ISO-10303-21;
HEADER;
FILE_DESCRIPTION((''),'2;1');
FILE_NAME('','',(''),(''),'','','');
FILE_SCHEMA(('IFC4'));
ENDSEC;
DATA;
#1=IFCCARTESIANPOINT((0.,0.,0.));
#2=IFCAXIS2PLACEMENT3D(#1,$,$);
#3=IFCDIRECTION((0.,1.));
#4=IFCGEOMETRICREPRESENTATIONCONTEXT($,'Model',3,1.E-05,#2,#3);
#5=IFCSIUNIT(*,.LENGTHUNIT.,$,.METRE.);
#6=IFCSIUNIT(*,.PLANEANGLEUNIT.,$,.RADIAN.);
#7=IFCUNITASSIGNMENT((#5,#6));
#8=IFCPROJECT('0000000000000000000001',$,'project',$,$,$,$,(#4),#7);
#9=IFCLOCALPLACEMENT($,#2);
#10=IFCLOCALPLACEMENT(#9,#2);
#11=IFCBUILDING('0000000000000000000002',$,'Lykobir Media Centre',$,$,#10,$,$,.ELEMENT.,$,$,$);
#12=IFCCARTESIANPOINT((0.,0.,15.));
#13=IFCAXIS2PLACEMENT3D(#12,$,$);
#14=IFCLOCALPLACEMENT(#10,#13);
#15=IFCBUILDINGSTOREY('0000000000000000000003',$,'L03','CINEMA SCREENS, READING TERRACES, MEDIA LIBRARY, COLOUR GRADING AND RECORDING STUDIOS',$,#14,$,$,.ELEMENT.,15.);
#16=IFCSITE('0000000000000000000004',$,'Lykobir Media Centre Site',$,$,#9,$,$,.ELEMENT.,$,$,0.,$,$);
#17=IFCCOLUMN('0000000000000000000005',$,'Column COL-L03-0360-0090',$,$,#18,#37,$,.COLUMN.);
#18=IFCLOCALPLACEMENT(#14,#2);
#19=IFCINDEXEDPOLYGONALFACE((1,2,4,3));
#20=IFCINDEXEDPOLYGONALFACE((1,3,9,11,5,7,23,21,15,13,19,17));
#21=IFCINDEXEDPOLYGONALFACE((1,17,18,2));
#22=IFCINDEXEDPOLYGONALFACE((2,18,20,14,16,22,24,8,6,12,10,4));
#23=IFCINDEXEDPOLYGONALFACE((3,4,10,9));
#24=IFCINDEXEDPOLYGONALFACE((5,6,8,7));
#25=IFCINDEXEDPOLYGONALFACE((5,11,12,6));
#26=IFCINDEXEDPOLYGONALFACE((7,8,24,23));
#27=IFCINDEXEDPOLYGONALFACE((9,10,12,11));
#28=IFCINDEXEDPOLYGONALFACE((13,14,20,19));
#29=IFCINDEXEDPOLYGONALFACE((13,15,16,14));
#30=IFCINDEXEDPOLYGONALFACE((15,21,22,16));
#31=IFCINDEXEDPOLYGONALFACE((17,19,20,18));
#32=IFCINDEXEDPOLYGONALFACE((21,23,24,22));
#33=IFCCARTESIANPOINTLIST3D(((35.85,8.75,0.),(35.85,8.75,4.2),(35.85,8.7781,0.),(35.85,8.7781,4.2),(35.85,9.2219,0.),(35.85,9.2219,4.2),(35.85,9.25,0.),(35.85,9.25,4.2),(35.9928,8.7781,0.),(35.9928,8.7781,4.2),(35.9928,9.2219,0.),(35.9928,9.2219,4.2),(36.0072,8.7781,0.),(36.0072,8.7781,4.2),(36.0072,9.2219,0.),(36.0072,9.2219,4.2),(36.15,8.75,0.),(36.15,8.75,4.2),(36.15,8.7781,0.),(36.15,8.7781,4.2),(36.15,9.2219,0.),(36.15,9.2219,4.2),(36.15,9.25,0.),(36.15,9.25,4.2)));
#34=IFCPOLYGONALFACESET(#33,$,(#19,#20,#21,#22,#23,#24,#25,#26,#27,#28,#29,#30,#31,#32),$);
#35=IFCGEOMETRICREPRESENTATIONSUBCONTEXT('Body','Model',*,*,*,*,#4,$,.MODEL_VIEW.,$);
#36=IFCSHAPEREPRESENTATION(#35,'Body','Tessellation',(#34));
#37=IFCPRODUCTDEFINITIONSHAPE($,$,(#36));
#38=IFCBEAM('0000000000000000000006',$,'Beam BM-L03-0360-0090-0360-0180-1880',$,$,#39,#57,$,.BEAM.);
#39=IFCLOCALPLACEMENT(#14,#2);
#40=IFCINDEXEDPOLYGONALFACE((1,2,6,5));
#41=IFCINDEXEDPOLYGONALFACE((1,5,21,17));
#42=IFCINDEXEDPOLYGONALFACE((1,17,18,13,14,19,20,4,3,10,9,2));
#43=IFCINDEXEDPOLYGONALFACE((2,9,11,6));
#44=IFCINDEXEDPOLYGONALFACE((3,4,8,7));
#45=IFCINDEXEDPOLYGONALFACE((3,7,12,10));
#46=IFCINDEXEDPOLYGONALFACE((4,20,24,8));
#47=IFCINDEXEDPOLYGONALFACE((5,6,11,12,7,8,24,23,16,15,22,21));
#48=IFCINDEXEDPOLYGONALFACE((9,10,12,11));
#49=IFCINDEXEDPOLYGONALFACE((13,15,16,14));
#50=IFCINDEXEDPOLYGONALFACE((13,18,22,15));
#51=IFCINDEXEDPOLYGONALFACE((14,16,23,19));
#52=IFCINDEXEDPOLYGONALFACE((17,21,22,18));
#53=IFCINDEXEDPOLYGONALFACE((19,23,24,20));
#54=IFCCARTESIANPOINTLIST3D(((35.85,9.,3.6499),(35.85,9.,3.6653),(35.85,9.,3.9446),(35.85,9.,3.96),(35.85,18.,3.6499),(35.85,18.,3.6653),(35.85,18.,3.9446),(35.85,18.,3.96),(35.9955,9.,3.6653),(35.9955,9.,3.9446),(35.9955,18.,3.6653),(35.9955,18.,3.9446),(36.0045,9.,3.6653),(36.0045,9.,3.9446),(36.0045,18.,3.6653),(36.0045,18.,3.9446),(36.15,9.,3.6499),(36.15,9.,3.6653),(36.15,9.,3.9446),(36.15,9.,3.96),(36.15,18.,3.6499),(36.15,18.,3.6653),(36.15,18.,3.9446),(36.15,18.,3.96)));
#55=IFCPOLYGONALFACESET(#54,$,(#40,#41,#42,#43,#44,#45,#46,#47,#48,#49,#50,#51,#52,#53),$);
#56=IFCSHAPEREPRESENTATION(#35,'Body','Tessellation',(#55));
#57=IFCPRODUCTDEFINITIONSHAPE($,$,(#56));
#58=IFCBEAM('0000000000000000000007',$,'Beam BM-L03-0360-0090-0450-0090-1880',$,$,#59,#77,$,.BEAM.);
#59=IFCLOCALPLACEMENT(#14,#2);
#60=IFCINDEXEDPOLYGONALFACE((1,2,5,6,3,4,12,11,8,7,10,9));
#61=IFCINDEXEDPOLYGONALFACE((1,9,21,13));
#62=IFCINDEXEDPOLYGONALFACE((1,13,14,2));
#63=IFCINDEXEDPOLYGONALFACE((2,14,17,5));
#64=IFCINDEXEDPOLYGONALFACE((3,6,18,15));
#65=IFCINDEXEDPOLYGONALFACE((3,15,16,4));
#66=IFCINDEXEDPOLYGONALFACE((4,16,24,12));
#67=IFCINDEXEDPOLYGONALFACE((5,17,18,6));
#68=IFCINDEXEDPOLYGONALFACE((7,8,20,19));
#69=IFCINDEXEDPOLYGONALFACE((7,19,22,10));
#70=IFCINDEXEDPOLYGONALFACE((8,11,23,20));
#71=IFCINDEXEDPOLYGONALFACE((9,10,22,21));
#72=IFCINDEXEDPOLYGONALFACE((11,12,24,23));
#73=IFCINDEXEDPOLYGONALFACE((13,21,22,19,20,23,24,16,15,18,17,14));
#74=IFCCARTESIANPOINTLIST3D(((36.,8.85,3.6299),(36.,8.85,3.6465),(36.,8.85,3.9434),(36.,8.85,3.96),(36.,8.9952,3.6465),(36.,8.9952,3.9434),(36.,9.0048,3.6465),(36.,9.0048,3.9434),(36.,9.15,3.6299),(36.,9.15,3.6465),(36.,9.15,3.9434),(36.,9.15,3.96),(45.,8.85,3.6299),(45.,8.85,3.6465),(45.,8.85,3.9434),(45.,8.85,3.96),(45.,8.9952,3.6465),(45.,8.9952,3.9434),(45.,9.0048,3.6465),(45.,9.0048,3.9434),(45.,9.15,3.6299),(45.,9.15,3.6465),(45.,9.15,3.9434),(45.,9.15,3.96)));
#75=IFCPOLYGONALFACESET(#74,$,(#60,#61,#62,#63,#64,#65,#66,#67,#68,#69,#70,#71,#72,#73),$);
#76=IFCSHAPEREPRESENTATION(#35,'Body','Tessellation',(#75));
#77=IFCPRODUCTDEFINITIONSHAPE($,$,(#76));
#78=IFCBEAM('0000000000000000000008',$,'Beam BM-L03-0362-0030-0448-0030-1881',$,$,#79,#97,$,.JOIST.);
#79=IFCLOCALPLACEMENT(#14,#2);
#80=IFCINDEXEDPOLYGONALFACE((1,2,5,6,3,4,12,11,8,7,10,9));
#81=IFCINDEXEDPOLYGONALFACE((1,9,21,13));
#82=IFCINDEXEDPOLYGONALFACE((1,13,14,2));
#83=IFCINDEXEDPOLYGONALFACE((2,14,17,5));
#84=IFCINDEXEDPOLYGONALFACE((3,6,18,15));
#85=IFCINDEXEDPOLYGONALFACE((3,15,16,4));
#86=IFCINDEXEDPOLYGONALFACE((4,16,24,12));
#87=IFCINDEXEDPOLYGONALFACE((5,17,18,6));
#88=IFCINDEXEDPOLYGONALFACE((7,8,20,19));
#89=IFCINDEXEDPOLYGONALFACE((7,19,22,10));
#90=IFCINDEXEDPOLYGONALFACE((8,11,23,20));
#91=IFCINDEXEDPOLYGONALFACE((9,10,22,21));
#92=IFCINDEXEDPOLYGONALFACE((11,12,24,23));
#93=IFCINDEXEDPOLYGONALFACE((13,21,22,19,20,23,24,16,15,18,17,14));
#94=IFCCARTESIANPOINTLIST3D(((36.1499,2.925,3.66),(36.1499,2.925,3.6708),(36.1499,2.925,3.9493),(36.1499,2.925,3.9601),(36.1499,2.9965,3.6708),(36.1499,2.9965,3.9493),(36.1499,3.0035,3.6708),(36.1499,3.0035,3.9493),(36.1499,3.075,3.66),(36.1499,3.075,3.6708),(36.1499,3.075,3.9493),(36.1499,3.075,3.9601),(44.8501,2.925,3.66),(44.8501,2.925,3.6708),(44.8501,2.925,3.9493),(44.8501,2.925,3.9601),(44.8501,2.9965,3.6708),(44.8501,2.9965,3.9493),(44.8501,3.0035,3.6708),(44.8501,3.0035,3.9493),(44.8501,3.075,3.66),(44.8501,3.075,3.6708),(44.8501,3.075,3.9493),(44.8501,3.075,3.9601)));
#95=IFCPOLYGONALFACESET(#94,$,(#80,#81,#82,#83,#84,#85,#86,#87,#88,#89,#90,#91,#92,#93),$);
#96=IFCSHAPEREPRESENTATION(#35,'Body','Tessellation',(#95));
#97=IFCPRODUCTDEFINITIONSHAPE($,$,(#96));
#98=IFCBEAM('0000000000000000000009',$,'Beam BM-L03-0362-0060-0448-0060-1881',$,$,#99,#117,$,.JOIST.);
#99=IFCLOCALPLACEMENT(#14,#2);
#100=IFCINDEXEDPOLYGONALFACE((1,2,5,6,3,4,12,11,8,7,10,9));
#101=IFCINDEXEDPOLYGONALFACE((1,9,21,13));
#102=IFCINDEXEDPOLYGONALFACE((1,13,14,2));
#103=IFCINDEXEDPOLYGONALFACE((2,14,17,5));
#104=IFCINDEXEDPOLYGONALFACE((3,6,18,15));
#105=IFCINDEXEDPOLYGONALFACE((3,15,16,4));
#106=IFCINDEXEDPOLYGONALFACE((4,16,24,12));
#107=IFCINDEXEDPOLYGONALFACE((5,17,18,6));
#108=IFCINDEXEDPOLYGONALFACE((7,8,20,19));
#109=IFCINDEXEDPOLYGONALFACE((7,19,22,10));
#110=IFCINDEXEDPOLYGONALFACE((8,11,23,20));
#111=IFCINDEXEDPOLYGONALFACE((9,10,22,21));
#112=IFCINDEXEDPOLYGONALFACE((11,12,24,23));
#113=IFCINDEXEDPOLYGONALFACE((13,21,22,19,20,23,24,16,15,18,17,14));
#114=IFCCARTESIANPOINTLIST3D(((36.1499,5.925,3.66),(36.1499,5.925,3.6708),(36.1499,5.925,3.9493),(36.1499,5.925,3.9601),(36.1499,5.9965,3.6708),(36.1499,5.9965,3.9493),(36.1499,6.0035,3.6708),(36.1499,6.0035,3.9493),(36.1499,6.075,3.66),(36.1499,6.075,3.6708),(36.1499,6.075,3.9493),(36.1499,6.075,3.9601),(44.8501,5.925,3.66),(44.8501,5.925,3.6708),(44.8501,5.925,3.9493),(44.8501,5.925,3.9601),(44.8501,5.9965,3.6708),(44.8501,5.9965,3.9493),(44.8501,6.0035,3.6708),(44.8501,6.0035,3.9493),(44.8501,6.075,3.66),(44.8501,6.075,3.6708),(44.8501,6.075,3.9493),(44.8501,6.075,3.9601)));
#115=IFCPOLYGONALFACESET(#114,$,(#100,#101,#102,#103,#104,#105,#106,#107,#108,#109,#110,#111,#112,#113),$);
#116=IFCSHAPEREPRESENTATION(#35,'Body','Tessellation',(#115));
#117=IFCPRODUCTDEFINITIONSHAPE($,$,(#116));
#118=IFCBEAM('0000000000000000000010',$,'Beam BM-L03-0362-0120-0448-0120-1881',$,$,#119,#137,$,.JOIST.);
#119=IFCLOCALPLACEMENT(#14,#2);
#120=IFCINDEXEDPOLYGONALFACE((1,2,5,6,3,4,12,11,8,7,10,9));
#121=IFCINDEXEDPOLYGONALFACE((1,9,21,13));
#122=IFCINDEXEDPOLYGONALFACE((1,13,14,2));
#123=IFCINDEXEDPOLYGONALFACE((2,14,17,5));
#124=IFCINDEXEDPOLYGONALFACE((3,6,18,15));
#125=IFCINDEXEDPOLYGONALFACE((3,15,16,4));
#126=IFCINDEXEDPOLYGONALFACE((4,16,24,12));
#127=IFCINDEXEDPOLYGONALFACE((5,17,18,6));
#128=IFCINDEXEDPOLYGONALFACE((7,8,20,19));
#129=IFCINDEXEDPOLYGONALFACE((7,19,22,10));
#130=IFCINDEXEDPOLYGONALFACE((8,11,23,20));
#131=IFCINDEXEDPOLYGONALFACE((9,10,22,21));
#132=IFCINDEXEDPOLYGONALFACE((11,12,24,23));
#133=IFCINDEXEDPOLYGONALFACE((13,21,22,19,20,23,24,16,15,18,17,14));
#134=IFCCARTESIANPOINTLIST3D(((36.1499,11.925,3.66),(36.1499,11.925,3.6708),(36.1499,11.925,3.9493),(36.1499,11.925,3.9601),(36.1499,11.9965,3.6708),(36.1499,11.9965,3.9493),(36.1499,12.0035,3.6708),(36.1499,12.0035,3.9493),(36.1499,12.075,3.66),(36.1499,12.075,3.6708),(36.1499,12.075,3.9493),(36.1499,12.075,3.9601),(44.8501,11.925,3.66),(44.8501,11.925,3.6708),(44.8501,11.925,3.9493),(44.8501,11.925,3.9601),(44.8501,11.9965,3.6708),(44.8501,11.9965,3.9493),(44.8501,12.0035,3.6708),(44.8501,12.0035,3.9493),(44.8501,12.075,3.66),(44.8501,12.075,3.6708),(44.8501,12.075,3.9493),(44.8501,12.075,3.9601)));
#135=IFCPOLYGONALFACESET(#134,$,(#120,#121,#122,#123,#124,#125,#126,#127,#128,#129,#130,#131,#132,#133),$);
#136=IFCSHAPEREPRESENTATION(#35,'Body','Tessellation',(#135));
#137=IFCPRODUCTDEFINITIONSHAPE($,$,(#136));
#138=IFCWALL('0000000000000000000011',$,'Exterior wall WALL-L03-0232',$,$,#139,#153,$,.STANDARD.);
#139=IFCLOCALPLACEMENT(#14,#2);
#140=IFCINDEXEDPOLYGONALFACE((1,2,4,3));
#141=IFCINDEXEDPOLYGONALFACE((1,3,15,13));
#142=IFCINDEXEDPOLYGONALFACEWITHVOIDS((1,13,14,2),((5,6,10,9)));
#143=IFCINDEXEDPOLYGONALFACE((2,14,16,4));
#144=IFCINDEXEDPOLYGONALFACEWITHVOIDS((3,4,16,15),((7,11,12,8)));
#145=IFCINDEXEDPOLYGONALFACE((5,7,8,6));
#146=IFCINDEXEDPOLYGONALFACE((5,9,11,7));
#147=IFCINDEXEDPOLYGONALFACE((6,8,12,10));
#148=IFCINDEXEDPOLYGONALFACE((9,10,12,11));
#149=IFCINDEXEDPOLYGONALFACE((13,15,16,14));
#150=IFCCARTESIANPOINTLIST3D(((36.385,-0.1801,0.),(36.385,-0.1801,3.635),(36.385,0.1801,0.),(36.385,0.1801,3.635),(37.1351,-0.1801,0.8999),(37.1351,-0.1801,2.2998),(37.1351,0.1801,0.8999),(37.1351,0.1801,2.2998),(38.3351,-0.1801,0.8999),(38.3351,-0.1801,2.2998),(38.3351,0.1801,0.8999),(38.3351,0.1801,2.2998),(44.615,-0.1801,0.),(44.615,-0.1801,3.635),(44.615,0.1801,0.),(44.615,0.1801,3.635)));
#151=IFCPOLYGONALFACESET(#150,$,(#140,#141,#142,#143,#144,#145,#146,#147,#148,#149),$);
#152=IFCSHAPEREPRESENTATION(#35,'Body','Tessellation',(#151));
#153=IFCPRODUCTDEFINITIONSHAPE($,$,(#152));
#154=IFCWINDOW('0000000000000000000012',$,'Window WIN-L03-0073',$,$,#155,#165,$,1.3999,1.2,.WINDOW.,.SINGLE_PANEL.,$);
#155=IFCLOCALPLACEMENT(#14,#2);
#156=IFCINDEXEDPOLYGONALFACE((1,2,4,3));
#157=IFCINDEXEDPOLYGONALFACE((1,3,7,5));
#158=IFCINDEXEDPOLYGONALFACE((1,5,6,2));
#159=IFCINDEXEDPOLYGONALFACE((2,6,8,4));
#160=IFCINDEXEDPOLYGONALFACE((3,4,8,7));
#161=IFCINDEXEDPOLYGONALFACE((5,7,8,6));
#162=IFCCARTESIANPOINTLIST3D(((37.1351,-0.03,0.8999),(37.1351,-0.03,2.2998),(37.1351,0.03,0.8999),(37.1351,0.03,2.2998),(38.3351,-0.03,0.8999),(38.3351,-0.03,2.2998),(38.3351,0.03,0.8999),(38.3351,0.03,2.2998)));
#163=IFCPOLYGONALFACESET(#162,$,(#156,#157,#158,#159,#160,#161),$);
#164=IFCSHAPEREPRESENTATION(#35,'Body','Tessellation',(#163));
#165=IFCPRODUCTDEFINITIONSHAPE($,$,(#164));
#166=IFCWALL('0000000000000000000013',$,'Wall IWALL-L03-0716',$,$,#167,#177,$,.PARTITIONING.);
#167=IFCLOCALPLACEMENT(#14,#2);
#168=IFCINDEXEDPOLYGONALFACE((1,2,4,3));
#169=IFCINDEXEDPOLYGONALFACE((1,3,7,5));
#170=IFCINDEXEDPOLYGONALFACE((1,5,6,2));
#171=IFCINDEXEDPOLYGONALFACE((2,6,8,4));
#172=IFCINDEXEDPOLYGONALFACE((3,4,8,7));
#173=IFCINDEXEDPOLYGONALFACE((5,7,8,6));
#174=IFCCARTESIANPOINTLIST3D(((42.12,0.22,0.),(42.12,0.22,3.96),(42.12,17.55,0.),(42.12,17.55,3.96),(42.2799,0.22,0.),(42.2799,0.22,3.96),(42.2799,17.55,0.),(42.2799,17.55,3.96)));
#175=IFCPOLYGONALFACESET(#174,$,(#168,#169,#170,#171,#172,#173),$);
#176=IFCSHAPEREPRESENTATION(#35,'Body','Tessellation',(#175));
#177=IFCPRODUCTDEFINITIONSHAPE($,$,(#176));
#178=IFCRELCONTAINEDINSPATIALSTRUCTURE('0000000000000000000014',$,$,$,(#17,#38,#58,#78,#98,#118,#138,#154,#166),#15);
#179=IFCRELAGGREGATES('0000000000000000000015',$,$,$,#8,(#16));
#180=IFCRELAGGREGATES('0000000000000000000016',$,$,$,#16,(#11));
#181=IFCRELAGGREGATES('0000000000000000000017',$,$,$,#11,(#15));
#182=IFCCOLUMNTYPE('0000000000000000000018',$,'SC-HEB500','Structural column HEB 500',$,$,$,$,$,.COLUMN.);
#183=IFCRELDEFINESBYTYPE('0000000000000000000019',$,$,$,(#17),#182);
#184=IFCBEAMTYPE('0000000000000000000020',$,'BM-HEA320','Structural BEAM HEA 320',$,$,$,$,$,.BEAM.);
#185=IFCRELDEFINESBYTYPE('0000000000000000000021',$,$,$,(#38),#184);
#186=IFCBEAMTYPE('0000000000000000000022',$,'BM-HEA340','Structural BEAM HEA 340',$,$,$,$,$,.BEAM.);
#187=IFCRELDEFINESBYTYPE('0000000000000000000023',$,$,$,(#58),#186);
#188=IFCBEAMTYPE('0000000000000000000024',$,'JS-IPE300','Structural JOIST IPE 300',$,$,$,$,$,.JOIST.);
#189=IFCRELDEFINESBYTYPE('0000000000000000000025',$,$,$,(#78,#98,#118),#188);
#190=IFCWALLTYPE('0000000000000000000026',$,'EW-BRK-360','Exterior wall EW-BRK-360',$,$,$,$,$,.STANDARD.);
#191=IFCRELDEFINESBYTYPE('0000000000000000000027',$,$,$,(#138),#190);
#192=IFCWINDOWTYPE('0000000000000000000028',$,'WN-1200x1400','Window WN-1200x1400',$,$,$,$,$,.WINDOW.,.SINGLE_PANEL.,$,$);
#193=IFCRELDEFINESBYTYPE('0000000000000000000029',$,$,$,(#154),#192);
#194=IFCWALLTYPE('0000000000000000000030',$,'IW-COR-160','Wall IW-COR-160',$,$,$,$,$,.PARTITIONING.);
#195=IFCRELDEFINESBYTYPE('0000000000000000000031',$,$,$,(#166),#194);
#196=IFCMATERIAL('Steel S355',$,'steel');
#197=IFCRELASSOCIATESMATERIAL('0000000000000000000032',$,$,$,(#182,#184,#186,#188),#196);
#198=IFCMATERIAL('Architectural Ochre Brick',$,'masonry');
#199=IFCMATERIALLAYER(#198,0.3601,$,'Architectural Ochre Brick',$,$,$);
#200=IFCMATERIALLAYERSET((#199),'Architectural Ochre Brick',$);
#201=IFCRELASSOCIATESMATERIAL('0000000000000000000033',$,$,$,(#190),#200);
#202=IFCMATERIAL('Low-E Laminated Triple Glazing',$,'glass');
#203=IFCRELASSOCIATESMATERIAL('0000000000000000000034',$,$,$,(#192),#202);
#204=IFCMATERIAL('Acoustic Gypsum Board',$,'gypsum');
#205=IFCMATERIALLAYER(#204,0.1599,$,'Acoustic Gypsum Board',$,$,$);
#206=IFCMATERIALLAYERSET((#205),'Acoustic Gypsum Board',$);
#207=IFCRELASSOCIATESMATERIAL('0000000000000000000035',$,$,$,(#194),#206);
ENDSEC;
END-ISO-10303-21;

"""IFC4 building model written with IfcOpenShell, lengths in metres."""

from ifc_helpers import new_model, si_unit, direction, frame, frame_2d, origin, origin_2d, place, context, subcontext, project, spatial, rectangle, i_section, extrude, material, layer, layer_set, material_profile, profile_set, type_object, element, fill, save


model = new_model("IFC4")

# Units and contexts
model_context = context("Model", 3, precision=1e-05, world=origin(), true_north=direction((0.0, 1.0)))
body_context = subcontext(model_context, "Body", "Model", "MODEL_VIEW")
ifc_project = project(units=[si_unit("LENGTHUNIT", "METRE"), si_unit("PLANEANGLEUNIT", "RADIAN")], contexts=[model_context])

# Site, building, storey
site_placement = place(None, origin())
site = spatial("IfcSite", under=ifc_project, at=site_placement, Name="Lykobir Media Centre Site", CompositionType="ELEMENT", RefElevation=0.0)
building_placement = place(site_placement, origin())
building = spatial("IfcBuilding", under=site, at=building_placement, Name="Lykobir Media Centre", CompositionType="ELEMENT")
storey_placement = place(building_placement, frame((0.0, 0.0, 15.0)))
storey = spatial("IfcBuildingStorey", under=building, at=storey_placement, Name="L03", Description="CINEMA SCREENS, READING TERRACES, MEDIA LIBRARY, COLOUR GRADING AND RECORDING STUDIOS", CompositionType="ELEMENT", Elevation=15.0)

# Column
ifc_material_1 = material(Name="Steel S355", Category="steel")
ifc_material_profile_1 = material_profile(ifc_material_1, i_section(OverallWidth=0.3, OverallDepth=0.5, WebThickness=0.0144, FlangeThickness=0.0281, at=origin_2d()), Name="HEB 500")
ifc_profile_set_1 = profile_set([ifc_material_profile_1], Name="Steel S355")
column_type = type_object("IfcColumnType", Name="SC-HEB500", Description="Structural column HEB 500", PredefinedType="COLUMN", material=ifc_profile_set_1)
column_placement = place(storey_placement, frame((36.0, 9.0, 0.0), z_axis=(0.0, 0.0, 1.0), x_axis=(1.0, 0.0, 0.0)))
element("IfcColumn", 1, at=column_placement, inside=storey, type_object=column_type, Name="Column COL-L03-0360-0090", PredefinedType="COLUMN", context=body_context, shape_type="SweptSolid", body=[
    extrude(i_section(OverallWidth=0.3, OverallDepth=0.5, WebThickness=0.0144, FlangeThickness=0.0281, at=origin_2d()), origin(), (0.0, 0.0, 1.0), 4.2),
])

# Beams
ifc_material_profile_2 = material_profile(ifc_material_1, i_section(OverallWidth=0.3, OverallDepth=0.3101, WebThickness=0.009, FlangeThickness=0.0154, at=origin_2d()), Name="HEA 320")
ifc_profile_set_2 = profile_set([ifc_material_profile_2], Name="Steel S355")
beam_type_1 = type_object("IfcBeamType", Name="BM-HEA320", Description="Structural BEAM HEA 320", PredefinedType="BEAM", material=ifc_profile_set_2)
beam_1_placement = place(storey_placement, frame((36.0, 9.0, 3.8049), z_axis=(0.0, 1.0, 0.0), x_axis=(-1.0, 0.0, 0.0)))
element("IfcBeam", 2, at=beam_1_placement, inside=storey, type_object=beam_type_1, Name="Beam BM-L03-0360-0090-0360-0180-1880", PredefinedType="BEAM", context=body_context, shape_type="SweptSolid", body=[
    extrude(i_section(OverallWidth=0.3, OverallDepth=0.3101, WebThickness=0.009, FlangeThickness=0.0154, at=origin_2d()), origin(), (0.0, 0.0, 1.0), 9.0),
])
ifc_material_profile_3 = material_profile(ifc_material_1, i_section(OverallWidth=0.3, OverallDepth=0.3301, WebThickness=0.0095, FlangeThickness=0.0166, at=origin_2d()), Name="HEA 340")
ifc_profile_set_3 = profile_set([ifc_material_profile_3], Name="Steel S355")
beam_type_2 = type_object("IfcBeamType", Name="BM-HEA340", Description="Structural BEAM HEA 340", PredefinedType="BEAM", material=ifc_profile_set_3)
beam_2_placement = place(storey_placement, frame((36.0, 9.0, 3.7949), z_axis=(1.0, 0.0, 0.0), x_axis=(0.0, 1.0, 0.0)))
element("IfcBeam", 3, at=beam_2_placement, inside=storey, type_object=beam_type_2, Name="Beam BM-L03-0360-0090-0450-0090-1880", PredefinedType="BEAM", context=body_context, shape_type="SweptSolid", body=[
    extrude(i_section(OverallWidth=0.3, OverallDepth=0.3301, WebThickness=0.0095, FlangeThickness=0.0166, at=origin_2d()), origin(), (0.0, 0.0, 1.0), 9.0),
])
ifc_material_profile_4 = material_profile(ifc_material_1, i_section(OverallWidth=0.1499, OverallDepth=0.3, WebThickness=0.0071, FlangeThickness=0.0107, at=origin_2d()), Name="IPE 300")
ifc_profile_set_4 = profile_set([ifc_material_profile_4], Name="Steel S355")
beam_type_3 = type_object("IfcBeamType", Name="JS-IPE300", Description="Structural JOIST IPE 300", PredefinedType="JOIST", material=ifc_profile_set_4)
for number, where, z_axis, x_axis, name in (
    (4, (36.1499, 3.0, 3.8101), (1.0, 0.0, 0.0), (0.0, 1.0, 0.0), "Beam BM-L03-0362-0030-0448-0030-1881"),
    (5, (36.1499, 6.0, 3.8101), (1.0, 0.0, 0.0), (0.0, 1.0, 0.0), "Beam BM-L03-0362-0060-0448-0060-1881"),
    (6, (36.1499, 12.0, 3.8101), (1.0, 0.0, 0.0), (0.0, 1.0, 0.0), "Beam BM-L03-0362-0120-0448-0120-1881"),
):
    element("IfcBeam", number, at=place(storey_placement, frame(where, z_axis=z_axis, x_axis=x_axis)), inside=storey, type_object=beam_type_3, Name=name, PredefinedType="JOIST", context=body_context, shape_type="SweptSolid", body=[
        extrude(i_section(OverallWidth=0.1499, OverallDepth=0.3, WebThickness=0.0071, FlangeThickness=0.0107, at=origin_2d()), origin(), (0.0, 0.0, 1.0), 8.7002),
    ])

# Wall, opening, window
ifc_material_2 = material(Name="Architectural Ochre Brick", Category="masonry")
ifc_layer_1 = layer(ifc_material_2, 0.3601, Name="Architectural Ochre Brick")
ifc_layer_set_1 = layer_set([ifc_layer_1], Name="Architectural Ochre Brick")
wall_type_1 = type_object("IfcWallType", Name="EW-BRK-360", Description="Exterior wall EW-BRK-360", PredefinedType="STANDARD", material=ifc_layer_set_1)
wall_1_placement = place(storey_placement, frame((36.385, 0.0, 0.0), z_axis=(0.0, 0.0, 1.0), x_axis=(1.0, 0.0, 0.0)))
wall_1 = element("IfcWall", 7, at=wall_1_placement, inside=storey, type_object=wall_type_1, Name="Exterior wall WALL-L03-0232", PredefinedType="STANDARD", context=body_context, shape_type="SweptSolid", body=[
    extrude(rectangle(XDim=8.23, YDim=0.3601, at=frame_2d((4.115, 0.0))), origin(), (0.0, 0.0, 1.0), 3.635),
])
opening_1_placement = place(wall_1_placement, frame((0.75, 0.0, 0.8999)))
opening_1 = element("IfcOpeningElement", 8, at=opening_1_placement, cuts=wall_1, PredefinedType="OPENING", context=body_context, shape_type="SweptSolid", body=[
    extrude(rectangle(XDim=1.2, YDim=1.3999, at=frame_2d((0.6001, 0.7))), frame((0.0, 0.1899, 0.0), z_axis=(0.0, -1.0, 0.0), x_axis=(1.0, 0.0, 0.0)), (0.0, 0.0, 1.0), 0.3801),
])
ifc_material_3 = material(Name="Low-E Laminated Triple Glazing", Category="glass")
window_type = type_object("IfcWindowType", Name="WN-1200x1400", Description="Window WN-1200x1400", PartitioningType="SINGLE_PANEL", PredefinedType="WINDOW", material=ifc_material_3)
window_placement = place(opening_1_placement, origin())
window = element("IfcWindow", 9, at=window_placement, inside=storey, type_object=window_type, Name="Window WIN-L03-0073", OverallHeight=1.3999, OverallWidth=1.2, PartitioningType="SINGLE_PANEL", PredefinedType="WINDOW", context=body_context, shape_type="SweptSolid", body=[
    extrude(rectangle(XDim=1.2, YDim=1.3999, at=frame_2d((0.6001, 0.7))), frame((0.0, 0.03, 0.0), z_axis=(0.0, -1.0, 0.0), x_axis=(1.0, 0.0, 0.0)), (0.0, 0.0, 1.0), 0.0601),
])
fill(opening_1, window)

# Wall
ifc_material_4 = material(Name="Acoustic Gypsum Board", Category="gypsum")
ifc_layer_2 = layer(ifc_material_4, 0.1599, Name="Acoustic Gypsum Board")
ifc_layer_set_2 = layer_set([ifc_layer_2], Name="Acoustic Gypsum Board")
wall_type_2 = type_object("IfcWallType", Name="IW-COR-160", Description="Wall IW-COR-160", PredefinedType="PARTITIONING", material=ifc_layer_set_2)
wall_2_placement = place(storey_placement, frame((42.2, 0.22, 0.0), z_axis=(0.0, 0.0, 1.0), x_axis=(0.0, 1.0, 0.0)))
element("IfcWall", 10, at=wall_2_placement, inside=storey, type_object=wall_type_2, Name="Wall IWALL-L03-0716", PredefinedType="PARTITIONING", context=body_context, shape_type="SweptSolid", body=[
    extrude(rectangle(XDim=17.3301, YDim=0.1599, at=frame_2d((8.665, 0.0))), origin(), (0.0, 0.0, 1.0), 3.96),
])

save(model, "model.ifc")
